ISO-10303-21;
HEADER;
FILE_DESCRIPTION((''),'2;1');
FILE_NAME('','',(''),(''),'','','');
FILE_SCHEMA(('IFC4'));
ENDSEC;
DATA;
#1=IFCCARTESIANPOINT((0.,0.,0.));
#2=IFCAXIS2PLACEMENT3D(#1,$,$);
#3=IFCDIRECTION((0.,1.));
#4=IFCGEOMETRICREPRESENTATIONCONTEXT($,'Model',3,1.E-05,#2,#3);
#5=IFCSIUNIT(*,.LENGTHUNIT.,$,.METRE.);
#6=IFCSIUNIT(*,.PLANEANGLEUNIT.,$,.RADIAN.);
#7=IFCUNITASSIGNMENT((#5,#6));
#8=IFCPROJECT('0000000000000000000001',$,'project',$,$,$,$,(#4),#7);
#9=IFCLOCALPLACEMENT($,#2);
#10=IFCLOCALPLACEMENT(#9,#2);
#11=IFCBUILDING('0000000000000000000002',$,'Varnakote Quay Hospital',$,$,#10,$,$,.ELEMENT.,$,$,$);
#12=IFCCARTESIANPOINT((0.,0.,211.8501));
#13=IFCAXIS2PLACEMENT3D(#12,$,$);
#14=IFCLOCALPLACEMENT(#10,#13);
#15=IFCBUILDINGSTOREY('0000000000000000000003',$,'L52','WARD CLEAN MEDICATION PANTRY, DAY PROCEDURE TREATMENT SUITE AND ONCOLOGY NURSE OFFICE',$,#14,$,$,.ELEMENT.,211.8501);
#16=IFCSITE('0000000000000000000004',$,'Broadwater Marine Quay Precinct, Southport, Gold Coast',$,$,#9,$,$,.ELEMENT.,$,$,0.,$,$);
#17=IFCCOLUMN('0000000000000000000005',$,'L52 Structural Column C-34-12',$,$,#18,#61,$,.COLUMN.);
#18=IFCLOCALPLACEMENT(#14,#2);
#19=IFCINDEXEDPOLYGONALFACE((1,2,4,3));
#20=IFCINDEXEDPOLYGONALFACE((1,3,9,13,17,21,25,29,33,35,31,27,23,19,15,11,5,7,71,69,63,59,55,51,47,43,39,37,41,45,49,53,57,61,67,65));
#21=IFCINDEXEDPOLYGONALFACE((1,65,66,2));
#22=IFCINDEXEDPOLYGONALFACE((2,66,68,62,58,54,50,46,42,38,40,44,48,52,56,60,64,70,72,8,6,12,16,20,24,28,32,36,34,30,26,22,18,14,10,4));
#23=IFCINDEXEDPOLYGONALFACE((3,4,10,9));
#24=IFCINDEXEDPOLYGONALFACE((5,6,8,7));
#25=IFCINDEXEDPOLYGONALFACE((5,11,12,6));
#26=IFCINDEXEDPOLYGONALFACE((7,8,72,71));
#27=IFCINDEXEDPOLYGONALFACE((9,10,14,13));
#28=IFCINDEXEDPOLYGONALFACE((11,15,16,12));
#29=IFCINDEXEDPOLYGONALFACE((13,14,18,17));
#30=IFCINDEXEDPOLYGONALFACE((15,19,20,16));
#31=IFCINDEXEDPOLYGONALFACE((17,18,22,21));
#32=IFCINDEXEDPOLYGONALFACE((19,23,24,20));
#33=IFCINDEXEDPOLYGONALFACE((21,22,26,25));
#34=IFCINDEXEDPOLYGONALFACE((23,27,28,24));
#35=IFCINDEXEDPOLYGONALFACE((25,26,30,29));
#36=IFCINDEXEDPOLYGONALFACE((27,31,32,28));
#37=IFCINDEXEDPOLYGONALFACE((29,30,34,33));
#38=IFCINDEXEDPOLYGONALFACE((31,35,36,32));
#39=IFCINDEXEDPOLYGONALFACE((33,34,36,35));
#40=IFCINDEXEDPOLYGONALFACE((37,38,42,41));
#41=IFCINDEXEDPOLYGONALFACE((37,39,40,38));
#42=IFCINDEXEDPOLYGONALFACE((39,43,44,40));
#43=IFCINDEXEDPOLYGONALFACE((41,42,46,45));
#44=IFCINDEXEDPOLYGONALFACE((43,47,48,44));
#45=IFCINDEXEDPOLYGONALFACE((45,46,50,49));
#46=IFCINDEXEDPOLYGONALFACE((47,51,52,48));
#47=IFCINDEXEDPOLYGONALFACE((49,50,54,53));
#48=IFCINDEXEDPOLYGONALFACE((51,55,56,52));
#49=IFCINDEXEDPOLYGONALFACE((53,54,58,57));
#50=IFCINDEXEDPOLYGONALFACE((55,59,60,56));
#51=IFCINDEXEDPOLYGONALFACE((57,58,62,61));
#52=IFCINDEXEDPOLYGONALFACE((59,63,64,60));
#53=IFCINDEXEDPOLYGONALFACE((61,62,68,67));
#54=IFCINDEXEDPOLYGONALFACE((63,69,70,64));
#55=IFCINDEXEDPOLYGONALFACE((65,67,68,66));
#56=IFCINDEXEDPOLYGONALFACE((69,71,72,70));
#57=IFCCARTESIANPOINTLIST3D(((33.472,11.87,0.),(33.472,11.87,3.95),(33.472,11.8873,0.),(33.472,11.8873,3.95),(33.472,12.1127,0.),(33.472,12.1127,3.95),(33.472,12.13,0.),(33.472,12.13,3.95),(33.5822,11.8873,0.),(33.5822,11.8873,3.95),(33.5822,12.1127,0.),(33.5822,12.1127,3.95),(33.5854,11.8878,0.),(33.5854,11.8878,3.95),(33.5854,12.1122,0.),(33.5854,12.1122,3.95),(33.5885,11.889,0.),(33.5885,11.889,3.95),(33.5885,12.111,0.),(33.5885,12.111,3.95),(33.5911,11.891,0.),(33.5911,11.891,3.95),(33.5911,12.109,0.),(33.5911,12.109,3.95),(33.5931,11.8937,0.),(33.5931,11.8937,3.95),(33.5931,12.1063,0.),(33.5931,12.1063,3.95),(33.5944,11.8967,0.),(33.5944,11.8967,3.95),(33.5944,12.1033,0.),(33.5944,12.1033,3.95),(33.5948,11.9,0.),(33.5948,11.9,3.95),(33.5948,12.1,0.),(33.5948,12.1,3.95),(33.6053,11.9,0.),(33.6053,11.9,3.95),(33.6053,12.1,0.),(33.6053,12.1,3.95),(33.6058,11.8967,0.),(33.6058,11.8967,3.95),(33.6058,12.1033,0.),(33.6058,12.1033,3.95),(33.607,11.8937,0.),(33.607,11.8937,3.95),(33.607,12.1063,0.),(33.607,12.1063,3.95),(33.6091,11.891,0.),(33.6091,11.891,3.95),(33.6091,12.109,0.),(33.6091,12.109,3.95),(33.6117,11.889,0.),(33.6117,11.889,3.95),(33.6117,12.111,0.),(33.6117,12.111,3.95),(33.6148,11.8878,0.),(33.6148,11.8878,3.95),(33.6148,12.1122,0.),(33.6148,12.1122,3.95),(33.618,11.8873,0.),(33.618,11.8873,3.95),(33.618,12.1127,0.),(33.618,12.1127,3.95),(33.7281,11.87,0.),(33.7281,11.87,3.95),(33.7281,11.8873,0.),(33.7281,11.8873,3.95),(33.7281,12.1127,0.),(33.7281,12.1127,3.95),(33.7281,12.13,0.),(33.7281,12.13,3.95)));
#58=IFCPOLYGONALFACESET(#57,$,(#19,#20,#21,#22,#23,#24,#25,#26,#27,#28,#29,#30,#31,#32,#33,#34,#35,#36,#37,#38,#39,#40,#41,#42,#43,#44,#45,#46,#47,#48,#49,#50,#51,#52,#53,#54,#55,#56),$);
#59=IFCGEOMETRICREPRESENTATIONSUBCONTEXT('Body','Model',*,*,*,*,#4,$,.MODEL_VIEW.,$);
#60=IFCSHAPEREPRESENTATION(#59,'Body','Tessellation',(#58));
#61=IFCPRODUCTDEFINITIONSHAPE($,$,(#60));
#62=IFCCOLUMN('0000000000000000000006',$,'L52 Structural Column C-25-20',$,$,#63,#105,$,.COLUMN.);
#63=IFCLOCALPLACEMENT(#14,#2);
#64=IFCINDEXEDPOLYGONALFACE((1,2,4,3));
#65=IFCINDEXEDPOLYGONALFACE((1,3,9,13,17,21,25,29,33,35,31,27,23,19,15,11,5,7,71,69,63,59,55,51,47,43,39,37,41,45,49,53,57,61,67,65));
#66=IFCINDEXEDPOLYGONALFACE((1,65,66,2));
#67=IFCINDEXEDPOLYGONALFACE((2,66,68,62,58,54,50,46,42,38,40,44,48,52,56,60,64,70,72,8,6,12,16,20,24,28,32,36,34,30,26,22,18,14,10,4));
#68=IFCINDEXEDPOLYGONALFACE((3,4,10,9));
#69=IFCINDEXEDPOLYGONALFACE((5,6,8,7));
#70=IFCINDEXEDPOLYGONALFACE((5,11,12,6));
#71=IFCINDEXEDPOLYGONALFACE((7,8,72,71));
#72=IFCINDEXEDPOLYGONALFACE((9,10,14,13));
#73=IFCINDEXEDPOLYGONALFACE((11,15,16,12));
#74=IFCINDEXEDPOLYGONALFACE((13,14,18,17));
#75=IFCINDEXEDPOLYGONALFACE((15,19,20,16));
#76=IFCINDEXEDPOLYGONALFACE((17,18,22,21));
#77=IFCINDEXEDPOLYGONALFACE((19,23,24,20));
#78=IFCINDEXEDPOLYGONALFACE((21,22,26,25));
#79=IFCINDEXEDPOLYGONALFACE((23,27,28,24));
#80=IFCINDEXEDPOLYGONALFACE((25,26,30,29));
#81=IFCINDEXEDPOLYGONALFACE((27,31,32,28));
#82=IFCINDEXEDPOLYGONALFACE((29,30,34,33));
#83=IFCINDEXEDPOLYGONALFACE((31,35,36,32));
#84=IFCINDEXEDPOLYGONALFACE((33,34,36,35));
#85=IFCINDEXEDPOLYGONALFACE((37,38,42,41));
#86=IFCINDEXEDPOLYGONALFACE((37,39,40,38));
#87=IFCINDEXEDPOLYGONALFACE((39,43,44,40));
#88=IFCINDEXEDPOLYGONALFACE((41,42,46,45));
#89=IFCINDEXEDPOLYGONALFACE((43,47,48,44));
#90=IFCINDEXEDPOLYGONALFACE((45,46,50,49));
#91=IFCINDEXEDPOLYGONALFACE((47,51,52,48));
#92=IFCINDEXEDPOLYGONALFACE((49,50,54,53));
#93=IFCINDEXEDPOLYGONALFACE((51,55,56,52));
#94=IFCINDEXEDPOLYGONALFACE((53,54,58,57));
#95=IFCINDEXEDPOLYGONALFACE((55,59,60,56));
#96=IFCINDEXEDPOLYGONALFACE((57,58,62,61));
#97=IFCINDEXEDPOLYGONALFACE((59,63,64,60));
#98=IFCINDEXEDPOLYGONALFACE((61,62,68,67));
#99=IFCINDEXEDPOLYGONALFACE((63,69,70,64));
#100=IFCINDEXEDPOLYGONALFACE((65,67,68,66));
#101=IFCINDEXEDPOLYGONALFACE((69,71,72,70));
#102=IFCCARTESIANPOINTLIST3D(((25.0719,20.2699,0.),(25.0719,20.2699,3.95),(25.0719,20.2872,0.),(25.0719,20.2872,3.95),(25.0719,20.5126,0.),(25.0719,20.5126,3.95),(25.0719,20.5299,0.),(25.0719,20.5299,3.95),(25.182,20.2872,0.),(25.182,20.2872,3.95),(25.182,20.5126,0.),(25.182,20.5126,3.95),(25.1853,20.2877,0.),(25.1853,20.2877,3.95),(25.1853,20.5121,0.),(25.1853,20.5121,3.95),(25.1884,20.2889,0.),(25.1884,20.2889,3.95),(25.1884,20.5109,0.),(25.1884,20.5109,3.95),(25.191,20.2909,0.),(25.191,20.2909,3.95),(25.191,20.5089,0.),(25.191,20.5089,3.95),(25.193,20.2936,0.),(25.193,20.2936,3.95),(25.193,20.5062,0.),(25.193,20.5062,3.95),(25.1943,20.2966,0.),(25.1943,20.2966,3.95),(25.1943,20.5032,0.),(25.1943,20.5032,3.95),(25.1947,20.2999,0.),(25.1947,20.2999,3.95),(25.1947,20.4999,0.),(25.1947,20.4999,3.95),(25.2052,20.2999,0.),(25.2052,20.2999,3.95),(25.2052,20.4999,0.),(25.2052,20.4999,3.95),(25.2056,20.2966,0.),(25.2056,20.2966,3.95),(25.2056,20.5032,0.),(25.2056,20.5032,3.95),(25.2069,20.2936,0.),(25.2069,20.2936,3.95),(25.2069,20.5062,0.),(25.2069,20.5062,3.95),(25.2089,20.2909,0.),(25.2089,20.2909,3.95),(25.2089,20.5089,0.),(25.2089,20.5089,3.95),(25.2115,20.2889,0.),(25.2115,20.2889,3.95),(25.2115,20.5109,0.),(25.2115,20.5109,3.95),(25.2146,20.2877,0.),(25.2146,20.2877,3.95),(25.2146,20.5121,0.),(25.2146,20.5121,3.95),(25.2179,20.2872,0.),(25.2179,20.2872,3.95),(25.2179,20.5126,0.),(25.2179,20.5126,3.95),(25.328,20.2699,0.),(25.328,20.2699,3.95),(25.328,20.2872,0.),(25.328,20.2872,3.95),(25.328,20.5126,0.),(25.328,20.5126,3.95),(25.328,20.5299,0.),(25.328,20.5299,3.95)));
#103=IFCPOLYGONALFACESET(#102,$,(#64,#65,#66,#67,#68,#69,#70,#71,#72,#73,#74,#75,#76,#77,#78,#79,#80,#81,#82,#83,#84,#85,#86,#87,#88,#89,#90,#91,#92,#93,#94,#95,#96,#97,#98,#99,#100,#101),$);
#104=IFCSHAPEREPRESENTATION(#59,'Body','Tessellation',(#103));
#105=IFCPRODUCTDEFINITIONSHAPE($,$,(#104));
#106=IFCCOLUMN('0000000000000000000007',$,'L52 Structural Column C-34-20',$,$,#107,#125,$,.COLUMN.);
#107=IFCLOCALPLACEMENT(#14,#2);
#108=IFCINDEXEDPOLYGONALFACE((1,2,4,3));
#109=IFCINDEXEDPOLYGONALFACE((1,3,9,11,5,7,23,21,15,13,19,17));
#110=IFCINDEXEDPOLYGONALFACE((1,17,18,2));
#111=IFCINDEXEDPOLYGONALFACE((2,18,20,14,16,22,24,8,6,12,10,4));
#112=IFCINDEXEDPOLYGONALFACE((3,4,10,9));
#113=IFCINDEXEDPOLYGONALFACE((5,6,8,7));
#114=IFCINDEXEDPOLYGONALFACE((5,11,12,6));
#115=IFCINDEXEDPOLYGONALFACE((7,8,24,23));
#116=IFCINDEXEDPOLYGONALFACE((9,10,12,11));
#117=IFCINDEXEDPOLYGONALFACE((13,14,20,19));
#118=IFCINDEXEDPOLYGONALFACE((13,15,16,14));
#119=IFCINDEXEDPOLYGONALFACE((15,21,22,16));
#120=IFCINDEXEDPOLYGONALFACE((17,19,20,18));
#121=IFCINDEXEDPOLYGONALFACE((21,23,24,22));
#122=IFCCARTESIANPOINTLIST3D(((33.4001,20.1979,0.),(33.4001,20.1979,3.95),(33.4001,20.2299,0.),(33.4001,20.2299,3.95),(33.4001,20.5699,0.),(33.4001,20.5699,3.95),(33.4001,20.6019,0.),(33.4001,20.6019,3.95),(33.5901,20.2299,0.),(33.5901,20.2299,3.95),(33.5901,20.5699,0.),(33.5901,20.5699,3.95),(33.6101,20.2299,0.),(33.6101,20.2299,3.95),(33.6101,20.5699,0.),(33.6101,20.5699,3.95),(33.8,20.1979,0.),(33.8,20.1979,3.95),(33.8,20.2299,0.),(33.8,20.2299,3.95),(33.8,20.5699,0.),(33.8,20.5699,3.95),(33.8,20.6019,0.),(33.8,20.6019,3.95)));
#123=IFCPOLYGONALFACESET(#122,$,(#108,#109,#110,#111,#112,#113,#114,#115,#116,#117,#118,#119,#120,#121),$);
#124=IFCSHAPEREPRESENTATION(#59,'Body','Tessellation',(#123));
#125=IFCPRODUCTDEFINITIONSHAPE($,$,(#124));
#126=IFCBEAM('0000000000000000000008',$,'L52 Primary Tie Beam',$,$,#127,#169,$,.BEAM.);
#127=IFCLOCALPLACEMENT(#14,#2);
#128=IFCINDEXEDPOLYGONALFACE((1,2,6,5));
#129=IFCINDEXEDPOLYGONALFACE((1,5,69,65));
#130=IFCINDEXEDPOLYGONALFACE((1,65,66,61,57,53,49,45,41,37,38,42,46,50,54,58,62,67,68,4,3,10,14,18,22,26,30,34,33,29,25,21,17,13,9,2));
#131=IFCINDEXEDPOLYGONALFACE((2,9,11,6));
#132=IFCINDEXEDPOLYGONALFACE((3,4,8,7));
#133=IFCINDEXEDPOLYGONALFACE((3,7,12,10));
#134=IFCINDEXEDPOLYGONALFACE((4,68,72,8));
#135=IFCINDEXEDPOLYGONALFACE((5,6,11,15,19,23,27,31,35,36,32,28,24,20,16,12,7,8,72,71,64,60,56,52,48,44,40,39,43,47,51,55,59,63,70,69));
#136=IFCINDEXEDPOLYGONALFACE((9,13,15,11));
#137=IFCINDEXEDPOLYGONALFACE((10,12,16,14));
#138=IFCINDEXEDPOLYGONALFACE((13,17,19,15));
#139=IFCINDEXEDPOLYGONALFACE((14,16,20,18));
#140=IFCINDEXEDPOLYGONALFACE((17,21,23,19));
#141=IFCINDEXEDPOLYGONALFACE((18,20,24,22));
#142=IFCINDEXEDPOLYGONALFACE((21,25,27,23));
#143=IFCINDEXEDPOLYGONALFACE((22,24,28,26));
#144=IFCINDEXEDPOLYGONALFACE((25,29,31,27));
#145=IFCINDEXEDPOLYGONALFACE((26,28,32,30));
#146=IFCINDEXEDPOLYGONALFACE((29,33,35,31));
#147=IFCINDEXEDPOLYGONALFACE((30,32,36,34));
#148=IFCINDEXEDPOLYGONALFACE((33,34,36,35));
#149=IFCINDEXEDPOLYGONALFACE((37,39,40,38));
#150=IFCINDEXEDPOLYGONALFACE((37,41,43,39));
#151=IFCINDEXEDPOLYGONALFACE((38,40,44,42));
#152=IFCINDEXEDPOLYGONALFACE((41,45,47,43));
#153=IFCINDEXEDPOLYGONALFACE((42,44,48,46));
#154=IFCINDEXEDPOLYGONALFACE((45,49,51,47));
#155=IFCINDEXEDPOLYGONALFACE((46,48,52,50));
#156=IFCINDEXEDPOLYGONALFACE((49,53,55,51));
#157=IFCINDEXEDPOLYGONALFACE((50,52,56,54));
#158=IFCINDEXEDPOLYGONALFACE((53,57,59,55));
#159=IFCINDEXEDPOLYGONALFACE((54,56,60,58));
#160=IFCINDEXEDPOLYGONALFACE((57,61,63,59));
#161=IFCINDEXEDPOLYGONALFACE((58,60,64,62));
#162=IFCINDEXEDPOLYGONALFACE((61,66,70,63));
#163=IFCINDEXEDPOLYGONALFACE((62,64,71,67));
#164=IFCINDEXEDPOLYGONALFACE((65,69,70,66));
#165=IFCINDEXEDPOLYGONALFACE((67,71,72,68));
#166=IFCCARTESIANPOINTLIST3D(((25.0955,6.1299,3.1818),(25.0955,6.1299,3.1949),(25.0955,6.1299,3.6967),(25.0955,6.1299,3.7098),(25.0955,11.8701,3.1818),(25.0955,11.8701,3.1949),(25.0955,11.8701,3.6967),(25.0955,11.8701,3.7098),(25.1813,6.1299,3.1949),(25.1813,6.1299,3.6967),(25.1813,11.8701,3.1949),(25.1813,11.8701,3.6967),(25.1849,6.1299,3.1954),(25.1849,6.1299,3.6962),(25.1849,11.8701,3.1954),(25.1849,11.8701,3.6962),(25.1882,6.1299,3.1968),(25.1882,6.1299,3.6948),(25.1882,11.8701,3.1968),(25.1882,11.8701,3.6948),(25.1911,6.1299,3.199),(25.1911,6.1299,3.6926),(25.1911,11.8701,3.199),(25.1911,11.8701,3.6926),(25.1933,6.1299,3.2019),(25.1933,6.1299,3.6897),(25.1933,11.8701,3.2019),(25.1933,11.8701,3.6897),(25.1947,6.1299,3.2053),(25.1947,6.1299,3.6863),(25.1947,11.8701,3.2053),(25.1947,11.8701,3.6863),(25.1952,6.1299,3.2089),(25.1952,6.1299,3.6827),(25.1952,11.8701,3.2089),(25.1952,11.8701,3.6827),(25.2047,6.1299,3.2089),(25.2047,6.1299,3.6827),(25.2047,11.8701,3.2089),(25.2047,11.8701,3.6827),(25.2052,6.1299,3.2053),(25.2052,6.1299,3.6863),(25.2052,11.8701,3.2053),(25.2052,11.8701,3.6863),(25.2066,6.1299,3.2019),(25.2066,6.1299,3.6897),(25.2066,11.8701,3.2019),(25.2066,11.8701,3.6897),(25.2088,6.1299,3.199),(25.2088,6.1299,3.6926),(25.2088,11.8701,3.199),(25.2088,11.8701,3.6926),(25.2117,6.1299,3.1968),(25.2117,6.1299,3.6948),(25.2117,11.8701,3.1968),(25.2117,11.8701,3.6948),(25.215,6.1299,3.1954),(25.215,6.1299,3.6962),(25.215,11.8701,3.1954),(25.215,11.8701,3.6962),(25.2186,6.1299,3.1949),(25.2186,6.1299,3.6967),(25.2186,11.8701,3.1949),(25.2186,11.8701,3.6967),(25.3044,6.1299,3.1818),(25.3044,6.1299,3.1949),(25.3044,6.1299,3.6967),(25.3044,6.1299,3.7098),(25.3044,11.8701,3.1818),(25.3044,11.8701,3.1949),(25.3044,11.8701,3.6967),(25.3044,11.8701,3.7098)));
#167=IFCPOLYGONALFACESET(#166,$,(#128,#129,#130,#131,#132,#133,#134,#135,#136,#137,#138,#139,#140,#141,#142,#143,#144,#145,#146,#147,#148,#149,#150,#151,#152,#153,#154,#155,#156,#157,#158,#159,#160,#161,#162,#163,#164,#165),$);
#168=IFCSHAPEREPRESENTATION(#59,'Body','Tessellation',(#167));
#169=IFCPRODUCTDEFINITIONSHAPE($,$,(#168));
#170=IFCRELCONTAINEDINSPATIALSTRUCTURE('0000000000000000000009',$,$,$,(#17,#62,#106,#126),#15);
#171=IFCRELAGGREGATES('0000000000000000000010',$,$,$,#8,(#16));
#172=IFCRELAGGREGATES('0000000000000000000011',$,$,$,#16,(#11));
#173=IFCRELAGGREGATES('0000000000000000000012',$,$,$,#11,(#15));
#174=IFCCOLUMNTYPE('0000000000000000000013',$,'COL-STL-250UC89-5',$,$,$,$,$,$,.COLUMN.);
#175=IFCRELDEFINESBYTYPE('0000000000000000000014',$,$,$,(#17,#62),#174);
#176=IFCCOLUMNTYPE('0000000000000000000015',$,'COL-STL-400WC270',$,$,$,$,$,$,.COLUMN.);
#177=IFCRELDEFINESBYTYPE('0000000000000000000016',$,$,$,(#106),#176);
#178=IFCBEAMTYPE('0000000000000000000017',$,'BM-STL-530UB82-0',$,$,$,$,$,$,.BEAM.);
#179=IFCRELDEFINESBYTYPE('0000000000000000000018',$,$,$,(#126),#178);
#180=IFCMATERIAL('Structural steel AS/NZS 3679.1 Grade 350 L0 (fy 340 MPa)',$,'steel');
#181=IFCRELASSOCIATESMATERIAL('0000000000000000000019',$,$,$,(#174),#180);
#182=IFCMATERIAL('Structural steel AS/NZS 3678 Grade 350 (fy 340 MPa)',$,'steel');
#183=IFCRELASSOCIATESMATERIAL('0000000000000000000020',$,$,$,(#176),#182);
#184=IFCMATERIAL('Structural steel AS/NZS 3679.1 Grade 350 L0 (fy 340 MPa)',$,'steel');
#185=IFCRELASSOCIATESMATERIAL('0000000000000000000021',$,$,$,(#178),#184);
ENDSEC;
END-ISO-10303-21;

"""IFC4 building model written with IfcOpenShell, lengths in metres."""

from ifc_helpers import new_model, si_unit, direction, frame, origin, origin_2d, place, context, subcontext, project, spatial, i_section, extrude, material, material_profile, profile_set, type_object, element, save


model = new_model("IFC4")

# Units and contexts
model_context = context("Model", 3, precision=1e-05, world=origin(), true_north=direction((0.0, 1.0)))
body_context = subcontext(model_context, "Body", "Model", "MODEL_VIEW")
ifc_project = project(units=[si_unit("LENGTHUNIT", "METRE"), si_unit("PLANEANGLEUNIT", "RADIAN")], contexts=[model_context])

# Site, building, storey
site_placement = place(None, origin())
site = spatial("IfcSite", under=ifc_project, at=site_placement, Name="Broadwater Marine Quay Precinct, Southport, Gold Coast", CompositionType="ELEMENT", RefElevation=0.0)
building_placement = place(site_placement, origin())
building = spatial("IfcBuilding", under=site, at=building_placement, Name="Varnakote Quay Hospital", CompositionType="ELEMENT")
storey_placement = place(building_placement, frame((0.0, 0.0, 211.8501)))
storey = spatial("IfcBuildingStorey", under=building, at=storey_placement, Name="L52", Description="WARD CLEAN MEDICATION PANTRY, DAY PROCEDURE TREATMENT SUITE AND ONCOLOGY NURSE OFFICE", CompositionType="ELEMENT", Elevation=211.8501)

# Columns
ifc_material_1 = material(Name="Structural steel AS/NZS 3679.1 Grade 350 L0 (fy 340 MPa)", Category="steel")
ifc_material_profile_1 = material_profile(ifc_material_1, i_section(OverallWidth=0.2561, OverallDepth=0.26, WebThickness=0.0105, FlangeThickness=0.0173, FilletRadius=0.0127, at=origin_2d()), Name="250UC89.5")
ifc_profile_set_1 = profile_set([ifc_material_profile_1], Name="Structural steel AS/NZS 3679.1 Grade 350 L0 (fy 340 MPa)")
column_type_1 = type_object("IfcColumnType", Name="COL-STL-250UC89-5", PredefinedType="COLUMN", material=ifc_profile_set_1)
for number, where, z_axis, x_axis, name in (
    (1, (33.6001, 12.0, 0.0), (0.0, 0.0, 1.0), (1.0, 0.0, 0.0), "L52 Structural Column C-34-12"),
    (2, (25.2, 20.3999, 0.0), (0.0, 0.0, 1.0), (1.0, 0.0, 0.0), "L52 Structural Column C-25-20"),
):
    element("IfcColumn", number, at=place(storey_placement, frame(where, z_axis=z_axis, x_axis=x_axis)), inside=storey, type_object=column_type_1, Name=name, PredefinedType="COLUMN", context=body_context, shape_type="SweptSolid", body=[
        extrude(i_section(OverallWidth=0.2561, OverallDepth=0.26, WebThickness=0.0105, FlangeThickness=0.0173, FilletRadius=0.0127, at=origin_2d()), origin(), (0.0, 0.0, 1.0), 3.95),
    ])
ifc_material_2 = material(Name="Structural steel AS/NZS 3678 Grade 350 (fy 340 MPa)", Category="steel")
ifc_material_profile_2 = material_profile(ifc_material_2, i_section(OverallWidth=0.3999, OverallDepth=0.4041, WebThickness=0.02, FlangeThickness=0.032, at=origin_2d()), Name="400WC270")
ifc_profile_set_2 = profile_set([ifc_material_profile_2], Name="Structural steel AS/NZS 3678 Grade 350 (fy 340 MPa)")
column_type_2 = type_object("IfcColumnType", Name="COL-STL-400WC270", PredefinedType="COLUMN", material=ifc_profile_set_2)
column_placement = place(storey_placement, frame((33.6001, 20.3999, 0.0), z_axis=(0.0, 0.0, 1.0), x_axis=(1.0, 0.0, 0.0)))
element("IfcColumn", 3, at=column_placement, inside=storey, type_object=column_type_2, Name="L52 Structural Column C-34-20", PredefinedType="COLUMN", context=body_context, shape_type="SweptSolid", body=[
    extrude(i_section(OverallWidth=0.3999, OverallDepth=0.4041, WebThickness=0.02, FlangeThickness=0.032, at=origin_2d()), origin(), (0.0, 0.0, 1.0), 3.95),
])

# Beam
ifc_material_3 = material(Name="Structural steel AS/NZS 3679.1 Grade 350 L0 (fy 340 MPa)", Category="steel")
ifc_material_profile_3 = material_profile(ifc_material_3, i_section(OverallWidth=0.209, OverallDepth=0.5281, WebThickness=0.0095, FlangeThickness=0.0132, FilletRadius=0.0139, at=origin_2d()), Name="530UB82.0")
ifc_profile_set_3 = profile_set([ifc_material_profile_3], Name="Structural steel AS/NZS 3679.1 Grade 350 L0 (fy 340 MPa)")
beam_type_1 = type_object("IfcBeamType", Name="BM-STL-530UB82-0", PredefinedType="BEAM", material=ifc_profile_set_3)
beam_1_placement = place(storey_placement, frame((25.2, 6.1299, 3.4458), z_axis=(0.0, 1.0, 0.0), x_axis=(-1.0, 0.0, 0.0)))
element("IfcBeam", 4, at=beam_1_placement, inside=storey, type_object=beam_type_1, Name="L52 Primary Tie Beam", PredefinedType="BEAM", context=body_context, shape_type="SweptSolid", body=[
    extrude(i_section(OverallWidth=0.209, OverallDepth=0.5281, WebThickness=0.0095, FlangeThickness=0.0132, FilletRadius=0.0139, at=origin_2d()), origin(), (0.0, 0.0, 1.0), 5.7402),
])

save(model, "model.ifc")
